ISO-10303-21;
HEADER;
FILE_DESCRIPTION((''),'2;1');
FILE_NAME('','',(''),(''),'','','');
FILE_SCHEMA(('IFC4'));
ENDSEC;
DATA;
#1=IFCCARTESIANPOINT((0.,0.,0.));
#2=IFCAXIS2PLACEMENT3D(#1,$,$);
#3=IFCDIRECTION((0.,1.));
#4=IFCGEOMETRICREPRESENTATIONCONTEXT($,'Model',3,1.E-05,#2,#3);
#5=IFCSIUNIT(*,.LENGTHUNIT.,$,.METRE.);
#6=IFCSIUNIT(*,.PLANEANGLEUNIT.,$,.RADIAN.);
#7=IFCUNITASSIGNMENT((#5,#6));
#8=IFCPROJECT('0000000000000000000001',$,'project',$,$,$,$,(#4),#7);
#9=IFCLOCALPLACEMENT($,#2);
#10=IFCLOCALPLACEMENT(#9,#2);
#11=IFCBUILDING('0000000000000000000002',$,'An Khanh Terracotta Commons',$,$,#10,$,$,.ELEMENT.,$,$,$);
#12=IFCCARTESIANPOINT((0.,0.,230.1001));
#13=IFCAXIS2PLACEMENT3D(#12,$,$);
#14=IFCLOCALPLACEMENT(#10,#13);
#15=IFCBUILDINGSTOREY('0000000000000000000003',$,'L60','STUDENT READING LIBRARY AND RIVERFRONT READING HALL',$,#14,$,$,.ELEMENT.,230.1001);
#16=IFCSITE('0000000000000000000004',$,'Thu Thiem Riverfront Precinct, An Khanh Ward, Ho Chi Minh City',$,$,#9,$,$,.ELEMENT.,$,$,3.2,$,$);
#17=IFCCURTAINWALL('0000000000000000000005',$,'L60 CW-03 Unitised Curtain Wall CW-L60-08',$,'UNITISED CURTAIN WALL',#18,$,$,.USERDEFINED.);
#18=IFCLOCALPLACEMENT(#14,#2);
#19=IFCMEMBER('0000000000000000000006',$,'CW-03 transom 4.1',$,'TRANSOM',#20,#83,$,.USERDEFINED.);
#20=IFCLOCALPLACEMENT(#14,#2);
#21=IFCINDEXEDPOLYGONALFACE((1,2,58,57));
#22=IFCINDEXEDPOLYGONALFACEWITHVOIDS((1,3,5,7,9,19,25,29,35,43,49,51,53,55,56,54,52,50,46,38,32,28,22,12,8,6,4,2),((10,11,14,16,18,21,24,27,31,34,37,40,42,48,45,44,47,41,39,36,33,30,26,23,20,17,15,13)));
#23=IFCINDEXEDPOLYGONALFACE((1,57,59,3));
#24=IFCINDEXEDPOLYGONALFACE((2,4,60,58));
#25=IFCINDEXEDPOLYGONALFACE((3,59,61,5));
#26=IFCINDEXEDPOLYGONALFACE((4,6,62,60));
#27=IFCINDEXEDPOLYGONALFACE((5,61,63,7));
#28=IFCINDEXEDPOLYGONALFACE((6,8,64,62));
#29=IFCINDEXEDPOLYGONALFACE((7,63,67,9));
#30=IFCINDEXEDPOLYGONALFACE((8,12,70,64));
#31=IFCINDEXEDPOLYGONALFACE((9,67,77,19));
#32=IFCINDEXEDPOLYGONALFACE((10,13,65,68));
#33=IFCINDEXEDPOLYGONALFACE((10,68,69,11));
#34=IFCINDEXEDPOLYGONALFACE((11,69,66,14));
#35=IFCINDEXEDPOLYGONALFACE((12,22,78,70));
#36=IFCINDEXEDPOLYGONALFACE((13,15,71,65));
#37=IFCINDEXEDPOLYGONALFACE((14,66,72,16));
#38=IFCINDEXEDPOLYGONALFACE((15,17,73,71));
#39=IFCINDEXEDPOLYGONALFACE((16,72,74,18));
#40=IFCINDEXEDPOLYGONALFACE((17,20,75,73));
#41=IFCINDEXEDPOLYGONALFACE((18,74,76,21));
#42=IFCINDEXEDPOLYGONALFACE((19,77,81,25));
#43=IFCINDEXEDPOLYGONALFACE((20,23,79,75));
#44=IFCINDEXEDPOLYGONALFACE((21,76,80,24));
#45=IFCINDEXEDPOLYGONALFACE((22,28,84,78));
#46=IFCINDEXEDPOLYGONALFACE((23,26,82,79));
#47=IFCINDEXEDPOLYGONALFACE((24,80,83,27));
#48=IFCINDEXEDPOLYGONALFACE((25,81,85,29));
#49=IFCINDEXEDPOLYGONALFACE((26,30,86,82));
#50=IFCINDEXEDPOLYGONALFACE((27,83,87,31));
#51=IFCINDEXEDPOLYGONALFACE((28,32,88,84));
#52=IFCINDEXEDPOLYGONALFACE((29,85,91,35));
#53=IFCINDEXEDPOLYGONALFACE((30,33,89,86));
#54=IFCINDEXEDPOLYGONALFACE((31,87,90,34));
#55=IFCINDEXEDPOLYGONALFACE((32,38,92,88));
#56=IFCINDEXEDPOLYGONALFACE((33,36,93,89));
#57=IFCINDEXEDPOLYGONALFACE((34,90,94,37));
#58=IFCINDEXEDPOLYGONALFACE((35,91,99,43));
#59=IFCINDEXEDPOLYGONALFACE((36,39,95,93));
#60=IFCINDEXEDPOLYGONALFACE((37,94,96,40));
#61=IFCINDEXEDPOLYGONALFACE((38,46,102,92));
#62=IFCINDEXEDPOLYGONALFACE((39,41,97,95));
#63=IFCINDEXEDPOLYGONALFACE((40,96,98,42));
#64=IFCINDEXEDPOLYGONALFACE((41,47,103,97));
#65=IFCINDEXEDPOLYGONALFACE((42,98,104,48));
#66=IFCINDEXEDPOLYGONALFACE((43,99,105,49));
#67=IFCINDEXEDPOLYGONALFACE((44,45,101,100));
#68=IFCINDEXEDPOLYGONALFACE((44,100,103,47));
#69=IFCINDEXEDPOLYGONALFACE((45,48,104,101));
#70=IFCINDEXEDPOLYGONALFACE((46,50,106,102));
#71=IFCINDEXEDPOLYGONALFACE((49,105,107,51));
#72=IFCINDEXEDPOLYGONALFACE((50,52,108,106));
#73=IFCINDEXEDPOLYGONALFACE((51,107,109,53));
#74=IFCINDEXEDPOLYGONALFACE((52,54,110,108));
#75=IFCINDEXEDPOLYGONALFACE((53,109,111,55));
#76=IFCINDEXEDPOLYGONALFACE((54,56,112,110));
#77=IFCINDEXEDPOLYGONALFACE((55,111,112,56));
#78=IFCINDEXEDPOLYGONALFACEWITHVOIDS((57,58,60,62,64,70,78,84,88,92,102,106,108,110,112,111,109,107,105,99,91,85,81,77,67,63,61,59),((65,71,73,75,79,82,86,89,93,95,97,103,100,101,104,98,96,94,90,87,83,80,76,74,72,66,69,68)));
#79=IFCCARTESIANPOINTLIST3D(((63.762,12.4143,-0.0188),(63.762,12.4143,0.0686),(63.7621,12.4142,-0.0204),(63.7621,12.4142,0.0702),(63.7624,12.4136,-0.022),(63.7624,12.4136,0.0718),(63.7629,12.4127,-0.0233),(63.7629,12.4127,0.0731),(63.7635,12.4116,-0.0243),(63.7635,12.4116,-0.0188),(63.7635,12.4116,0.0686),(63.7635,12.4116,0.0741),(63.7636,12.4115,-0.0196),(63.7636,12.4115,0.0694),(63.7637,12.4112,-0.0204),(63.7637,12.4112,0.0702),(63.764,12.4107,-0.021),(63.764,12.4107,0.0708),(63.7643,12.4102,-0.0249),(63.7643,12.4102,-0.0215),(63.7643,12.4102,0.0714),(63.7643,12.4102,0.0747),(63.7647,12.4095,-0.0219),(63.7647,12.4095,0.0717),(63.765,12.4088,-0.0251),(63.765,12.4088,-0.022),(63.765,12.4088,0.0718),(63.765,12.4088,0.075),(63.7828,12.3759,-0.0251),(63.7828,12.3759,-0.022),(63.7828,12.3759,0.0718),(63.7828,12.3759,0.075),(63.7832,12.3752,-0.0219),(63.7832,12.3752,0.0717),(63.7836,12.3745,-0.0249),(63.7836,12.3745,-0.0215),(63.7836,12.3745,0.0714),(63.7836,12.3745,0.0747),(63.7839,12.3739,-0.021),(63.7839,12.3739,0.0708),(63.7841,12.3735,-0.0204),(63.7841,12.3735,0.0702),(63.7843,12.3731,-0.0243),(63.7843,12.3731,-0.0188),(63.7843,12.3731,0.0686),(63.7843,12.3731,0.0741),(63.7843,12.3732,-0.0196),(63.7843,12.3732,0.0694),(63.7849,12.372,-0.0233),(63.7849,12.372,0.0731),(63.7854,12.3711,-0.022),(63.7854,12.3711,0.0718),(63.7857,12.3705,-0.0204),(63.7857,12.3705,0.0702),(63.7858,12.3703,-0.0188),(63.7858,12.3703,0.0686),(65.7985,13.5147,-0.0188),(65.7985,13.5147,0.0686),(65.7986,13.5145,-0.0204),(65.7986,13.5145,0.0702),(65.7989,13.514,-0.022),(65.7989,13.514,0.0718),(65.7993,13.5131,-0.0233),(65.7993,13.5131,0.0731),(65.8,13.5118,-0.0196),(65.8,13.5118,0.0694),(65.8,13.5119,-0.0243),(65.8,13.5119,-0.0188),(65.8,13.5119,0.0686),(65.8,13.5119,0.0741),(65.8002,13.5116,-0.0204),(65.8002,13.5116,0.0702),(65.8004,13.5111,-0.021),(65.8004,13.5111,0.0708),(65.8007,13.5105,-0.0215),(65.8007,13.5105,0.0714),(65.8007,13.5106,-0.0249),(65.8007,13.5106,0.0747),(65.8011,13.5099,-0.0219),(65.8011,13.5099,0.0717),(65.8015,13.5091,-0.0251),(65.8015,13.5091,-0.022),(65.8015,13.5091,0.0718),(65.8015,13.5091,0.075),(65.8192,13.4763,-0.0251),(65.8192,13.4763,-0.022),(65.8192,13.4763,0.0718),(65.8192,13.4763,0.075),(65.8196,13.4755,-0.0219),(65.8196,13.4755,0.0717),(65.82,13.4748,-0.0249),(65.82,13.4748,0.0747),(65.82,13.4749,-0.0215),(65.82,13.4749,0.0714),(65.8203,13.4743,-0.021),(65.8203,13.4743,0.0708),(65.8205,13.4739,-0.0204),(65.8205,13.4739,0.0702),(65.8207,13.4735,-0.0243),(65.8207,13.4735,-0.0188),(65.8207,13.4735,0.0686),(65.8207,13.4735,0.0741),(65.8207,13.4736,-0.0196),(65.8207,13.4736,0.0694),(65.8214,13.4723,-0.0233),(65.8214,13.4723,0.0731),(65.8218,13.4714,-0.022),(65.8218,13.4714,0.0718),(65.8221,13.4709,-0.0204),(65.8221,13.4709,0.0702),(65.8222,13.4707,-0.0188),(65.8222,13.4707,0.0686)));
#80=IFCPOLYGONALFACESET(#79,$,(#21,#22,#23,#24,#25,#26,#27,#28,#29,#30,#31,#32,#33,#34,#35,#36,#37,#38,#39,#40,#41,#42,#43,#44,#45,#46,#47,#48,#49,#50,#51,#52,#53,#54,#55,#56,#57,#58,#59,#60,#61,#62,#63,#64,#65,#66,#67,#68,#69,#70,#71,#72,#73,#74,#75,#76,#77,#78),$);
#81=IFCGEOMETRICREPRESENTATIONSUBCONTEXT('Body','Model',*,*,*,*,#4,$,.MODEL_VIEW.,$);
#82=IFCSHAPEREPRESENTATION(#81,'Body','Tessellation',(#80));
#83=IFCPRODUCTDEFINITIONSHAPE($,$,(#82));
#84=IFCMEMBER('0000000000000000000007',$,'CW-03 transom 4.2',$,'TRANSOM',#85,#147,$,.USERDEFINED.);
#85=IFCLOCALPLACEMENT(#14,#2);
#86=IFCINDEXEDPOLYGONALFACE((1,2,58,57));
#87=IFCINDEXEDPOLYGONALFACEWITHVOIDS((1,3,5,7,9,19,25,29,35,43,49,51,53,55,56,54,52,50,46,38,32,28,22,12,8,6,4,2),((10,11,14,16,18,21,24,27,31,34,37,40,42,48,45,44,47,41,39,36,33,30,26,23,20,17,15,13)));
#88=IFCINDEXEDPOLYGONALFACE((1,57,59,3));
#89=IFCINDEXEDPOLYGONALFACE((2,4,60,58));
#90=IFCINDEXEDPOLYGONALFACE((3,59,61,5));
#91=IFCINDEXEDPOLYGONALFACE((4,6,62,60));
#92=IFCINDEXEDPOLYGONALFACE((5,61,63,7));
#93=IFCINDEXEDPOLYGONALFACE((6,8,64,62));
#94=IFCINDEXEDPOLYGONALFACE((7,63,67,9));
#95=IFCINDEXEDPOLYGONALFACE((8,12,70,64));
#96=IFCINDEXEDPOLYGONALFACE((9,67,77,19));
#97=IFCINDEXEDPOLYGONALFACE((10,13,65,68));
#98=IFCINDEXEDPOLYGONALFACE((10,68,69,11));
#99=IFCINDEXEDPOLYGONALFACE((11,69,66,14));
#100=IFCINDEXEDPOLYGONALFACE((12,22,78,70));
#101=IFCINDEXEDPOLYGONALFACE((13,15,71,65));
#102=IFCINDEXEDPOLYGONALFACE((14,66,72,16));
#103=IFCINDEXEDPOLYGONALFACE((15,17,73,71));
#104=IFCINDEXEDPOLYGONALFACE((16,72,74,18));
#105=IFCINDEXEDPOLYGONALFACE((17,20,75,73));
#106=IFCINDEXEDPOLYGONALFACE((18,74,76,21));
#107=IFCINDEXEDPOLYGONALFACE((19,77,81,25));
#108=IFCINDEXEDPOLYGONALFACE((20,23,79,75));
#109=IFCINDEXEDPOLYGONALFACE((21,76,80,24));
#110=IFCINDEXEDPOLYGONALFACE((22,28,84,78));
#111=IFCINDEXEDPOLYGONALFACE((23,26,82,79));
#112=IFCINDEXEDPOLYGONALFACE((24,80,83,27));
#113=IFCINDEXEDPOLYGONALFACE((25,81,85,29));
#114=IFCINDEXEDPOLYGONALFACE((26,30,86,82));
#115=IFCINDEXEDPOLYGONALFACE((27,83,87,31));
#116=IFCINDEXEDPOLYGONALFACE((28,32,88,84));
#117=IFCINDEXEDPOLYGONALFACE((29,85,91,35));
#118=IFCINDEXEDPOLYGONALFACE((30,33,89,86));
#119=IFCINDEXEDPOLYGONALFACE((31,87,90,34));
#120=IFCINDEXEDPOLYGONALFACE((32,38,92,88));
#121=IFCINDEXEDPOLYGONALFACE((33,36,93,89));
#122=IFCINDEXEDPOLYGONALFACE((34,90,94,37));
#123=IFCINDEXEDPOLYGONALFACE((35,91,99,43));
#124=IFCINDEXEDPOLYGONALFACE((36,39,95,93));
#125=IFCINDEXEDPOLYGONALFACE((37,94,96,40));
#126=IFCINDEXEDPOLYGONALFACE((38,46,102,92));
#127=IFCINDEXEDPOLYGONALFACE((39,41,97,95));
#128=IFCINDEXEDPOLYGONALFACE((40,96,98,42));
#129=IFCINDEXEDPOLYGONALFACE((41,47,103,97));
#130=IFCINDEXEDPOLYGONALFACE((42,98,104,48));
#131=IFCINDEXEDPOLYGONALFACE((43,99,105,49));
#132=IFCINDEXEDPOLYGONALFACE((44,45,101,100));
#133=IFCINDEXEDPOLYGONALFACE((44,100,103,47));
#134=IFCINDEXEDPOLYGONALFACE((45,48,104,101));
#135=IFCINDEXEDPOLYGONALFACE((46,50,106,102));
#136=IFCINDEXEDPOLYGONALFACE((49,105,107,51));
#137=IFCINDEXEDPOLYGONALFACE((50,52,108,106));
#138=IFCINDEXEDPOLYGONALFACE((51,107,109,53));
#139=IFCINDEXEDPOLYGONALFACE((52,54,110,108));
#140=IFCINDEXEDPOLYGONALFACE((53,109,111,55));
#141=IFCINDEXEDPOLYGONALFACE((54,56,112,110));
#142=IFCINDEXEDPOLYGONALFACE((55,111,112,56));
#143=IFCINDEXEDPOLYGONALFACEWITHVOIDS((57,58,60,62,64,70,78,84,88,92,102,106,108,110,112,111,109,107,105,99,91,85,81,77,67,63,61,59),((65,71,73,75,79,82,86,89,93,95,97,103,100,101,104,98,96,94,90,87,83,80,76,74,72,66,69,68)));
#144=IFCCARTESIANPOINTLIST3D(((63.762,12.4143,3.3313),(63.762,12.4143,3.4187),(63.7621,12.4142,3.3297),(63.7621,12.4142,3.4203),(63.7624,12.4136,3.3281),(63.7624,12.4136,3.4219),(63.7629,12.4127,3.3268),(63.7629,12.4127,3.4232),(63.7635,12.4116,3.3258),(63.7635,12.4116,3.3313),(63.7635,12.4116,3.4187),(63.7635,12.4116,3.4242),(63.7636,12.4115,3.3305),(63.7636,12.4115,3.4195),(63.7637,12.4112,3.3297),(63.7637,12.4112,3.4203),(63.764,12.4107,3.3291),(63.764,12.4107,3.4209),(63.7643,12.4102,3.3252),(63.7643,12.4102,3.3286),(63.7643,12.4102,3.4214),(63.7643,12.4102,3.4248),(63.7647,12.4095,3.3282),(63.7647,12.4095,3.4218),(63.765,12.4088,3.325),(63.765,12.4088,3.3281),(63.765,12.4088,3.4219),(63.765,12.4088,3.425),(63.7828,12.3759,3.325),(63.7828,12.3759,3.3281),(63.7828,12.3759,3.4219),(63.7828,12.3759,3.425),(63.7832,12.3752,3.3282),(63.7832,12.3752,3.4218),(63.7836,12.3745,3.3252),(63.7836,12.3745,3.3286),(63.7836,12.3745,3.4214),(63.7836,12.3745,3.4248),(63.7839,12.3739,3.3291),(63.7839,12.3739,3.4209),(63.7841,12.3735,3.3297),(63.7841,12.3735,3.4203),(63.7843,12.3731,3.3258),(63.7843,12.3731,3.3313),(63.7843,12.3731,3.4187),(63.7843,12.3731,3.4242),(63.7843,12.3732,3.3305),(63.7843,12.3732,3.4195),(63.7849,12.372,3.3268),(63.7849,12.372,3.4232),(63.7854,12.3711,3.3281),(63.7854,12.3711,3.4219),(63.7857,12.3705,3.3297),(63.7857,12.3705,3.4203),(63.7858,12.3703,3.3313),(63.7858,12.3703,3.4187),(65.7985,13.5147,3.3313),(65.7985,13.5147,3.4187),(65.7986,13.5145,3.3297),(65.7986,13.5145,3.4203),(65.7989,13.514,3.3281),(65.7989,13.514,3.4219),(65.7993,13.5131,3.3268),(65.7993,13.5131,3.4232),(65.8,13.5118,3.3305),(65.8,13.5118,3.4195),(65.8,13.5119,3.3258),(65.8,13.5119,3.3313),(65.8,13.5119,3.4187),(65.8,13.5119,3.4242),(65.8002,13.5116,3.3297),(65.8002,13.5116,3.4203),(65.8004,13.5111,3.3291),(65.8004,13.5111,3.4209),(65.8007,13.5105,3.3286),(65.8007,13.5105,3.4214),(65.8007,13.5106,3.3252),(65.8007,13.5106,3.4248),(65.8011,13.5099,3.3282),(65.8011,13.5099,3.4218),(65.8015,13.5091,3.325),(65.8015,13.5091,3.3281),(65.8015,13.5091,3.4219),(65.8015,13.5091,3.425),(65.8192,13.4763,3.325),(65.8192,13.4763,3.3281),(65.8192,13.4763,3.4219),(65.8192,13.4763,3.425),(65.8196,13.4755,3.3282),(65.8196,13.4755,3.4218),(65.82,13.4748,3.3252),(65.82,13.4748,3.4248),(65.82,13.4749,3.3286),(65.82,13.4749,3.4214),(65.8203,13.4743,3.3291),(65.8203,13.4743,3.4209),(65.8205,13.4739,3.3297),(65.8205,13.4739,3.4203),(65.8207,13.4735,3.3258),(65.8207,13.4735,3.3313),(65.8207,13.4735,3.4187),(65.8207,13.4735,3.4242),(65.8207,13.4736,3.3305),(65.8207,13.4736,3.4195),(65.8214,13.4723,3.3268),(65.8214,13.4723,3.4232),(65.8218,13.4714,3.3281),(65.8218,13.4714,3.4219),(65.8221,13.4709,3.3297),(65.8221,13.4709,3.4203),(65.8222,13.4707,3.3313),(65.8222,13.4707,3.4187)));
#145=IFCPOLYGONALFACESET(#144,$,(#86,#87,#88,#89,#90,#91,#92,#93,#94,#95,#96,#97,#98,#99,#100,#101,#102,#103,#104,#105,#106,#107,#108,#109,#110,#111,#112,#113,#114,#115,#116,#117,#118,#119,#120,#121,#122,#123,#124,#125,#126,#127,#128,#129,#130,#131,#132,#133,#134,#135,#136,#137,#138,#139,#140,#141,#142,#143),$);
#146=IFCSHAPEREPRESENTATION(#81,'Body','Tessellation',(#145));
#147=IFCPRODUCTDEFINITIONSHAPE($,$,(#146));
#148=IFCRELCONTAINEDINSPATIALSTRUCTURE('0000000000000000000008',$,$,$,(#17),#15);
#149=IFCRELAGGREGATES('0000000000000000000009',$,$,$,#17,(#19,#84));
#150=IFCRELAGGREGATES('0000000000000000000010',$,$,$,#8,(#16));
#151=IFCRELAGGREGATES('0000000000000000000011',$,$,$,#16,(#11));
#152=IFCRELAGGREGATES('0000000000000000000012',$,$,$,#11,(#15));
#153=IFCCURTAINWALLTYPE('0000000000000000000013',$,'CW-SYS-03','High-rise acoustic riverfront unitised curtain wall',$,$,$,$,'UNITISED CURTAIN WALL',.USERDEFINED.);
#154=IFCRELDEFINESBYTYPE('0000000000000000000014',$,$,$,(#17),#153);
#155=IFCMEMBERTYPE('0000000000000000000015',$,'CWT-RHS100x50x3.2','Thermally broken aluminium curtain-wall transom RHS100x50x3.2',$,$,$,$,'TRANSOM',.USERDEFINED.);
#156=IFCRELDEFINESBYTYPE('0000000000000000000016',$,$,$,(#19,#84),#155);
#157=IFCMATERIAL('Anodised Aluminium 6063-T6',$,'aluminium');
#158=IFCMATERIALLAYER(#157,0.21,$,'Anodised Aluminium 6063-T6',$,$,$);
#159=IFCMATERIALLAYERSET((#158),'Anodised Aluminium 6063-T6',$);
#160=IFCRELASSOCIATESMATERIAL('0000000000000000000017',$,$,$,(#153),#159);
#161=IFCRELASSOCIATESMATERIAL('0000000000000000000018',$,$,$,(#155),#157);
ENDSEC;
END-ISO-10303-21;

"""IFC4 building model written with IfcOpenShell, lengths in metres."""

from ifc_helpers import new_model, si_unit, direction, frame, origin, origin_2d, place, context, subcontext, project, spatial, hollow_rectangle, extrude, material, layer, layer_set, material_profile, profile_set, type_object, element, aggregate, save


model = new_model("IFC4")

# Units and contexts
model_context = context("Model", 3, precision=1e-05, world=origin(), true_north=direction((0.0, 1.0)))
body_context = subcontext(model_context, "Body", "Model", "MODEL_VIEW")
ifc_project = project(units=[si_unit("LENGTHUNIT", "METRE"), si_unit("PLANEANGLEUNIT", "RADIAN")], contexts=[model_context])

# Site, building, storey
site_placement = place(None, origin())
site = spatial("IfcSite", under=ifc_project, at=site_placement, Name="Thu Thiem Riverfront Precinct, An Khanh Ward, Ho Chi Minh City", CompositionType="ELEMENT", RefElevation=3.2)
building_placement = place(site_placement, origin())
building = spatial("IfcBuilding", under=site, at=building_placement, Name="An Khanh Terracotta Commons", CompositionType="ELEMENT")
storey_placement = place(building_placement, frame((0.0, 0.0, 230.1001)))
storey = spatial("IfcBuildingStorey", under=building, at=storey_placement, Name="L60", Description="STUDENT READING LIBRARY AND RIVERFRONT READING HALL", CompositionType="ELEMENT", Elevation=230.1001)

# Shared definitions
ifc_material_1 = material(Name="Anodised Aluminium 6063-T6", Category="aluminium")

# Curtain wall, members
ifc_layer_1 = layer(ifc_material_1, 0.21, Name="Anodised Aluminium 6063-T6")
ifc_layer_set_1 = layer_set([ifc_layer_1], Name="Anodised Aluminium 6063-T6")
curtain_wall_type_1 = type_object("IfcCurtainWallType", Name="CW-SYS-03", Description="High-rise acoustic riverfront unitised curtain wall", ElementType="UNITISED CURTAIN WALL", PredefinedType="USERDEFINED", material=ifc_layer_set_1)
curtain_wall_1_placement = place(storey_placement, origin())
curtain_wall_1 = element("IfcCurtainWall", 1, at=curtain_wall_1_placement, inside=storey, type_object=curtain_wall_type_1, Name="L60 CW-03 Unitised Curtain Wall CW-L60-08", ObjectType="UNITISED CURTAIN WALL", PredefinedType="USERDEFINED")
ifc_material_profile_1 = material_profile(ifc_material_1, hollow_rectangle(XDim=0.05, YDim=0.1001, WallThickness=0.0032, InnerFilletRadius=0.0032, OuterFilletRadius=0.0063, at=origin_2d()), Name="RHS100x50x3.2")
ifc_profile_set_1 = profile_set([ifc_material_profile_1], Name="Anodised Aluminium 6063-T6")
member_type_1 = type_object("IfcMemberType", Name="CWT-RHS100x50x3.2", Description="Thermally broken aluminium curtain-wall transom RHS100x50x3.2", ElementType="TRANSOM", PredefinedType="USERDEFINED", material=ifc_profile_set_1)
member_1_placement = place(storey_placement, frame((63.7739, 12.3923, 0.0249), z_axis=(0.879779, 0.475382, 0.0), x_axis=(-0.475382, 0.879779, 0.0)))
member_1 = element("IfcMember", 2, at=member_1_placement, type_object=member_type_1, Name="CW-03 transom 4.1", ObjectType="TRANSOM", PredefinedType="USERDEFINED", context=body_context, shape_type="SweptSolid", body=[
    extrude(hollow_rectangle(XDim=0.05, YDim=0.1001, WallThickness=0.0032, InnerFilletRadius=0.0032, OuterFilletRadius=0.0063, at=origin_2d()), origin(), (0.0, 0.0, 1.0), 2.3147),
])
member_2_placement = place(storey_placement, frame((63.7739, 12.3923, 3.375), z_axis=(0.879779, 0.475382, 0.0), x_axis=(-0.475382, 0.879779, 0.0)))
member_2 = element("IfcMember", 3, at=member_2_placement, type_object=member_type_1, Name="CW-03 transom 4.2", ObjectType="TRANSOM", PredefinedType="USERDEFINED", context=body_context, shape_type="SweptSolid", body=[
    extrude(hollow_rectangle(XDim=0.05, YDim=0.1001, WallThickness=0.0032, InnerFilletRadius=0.0032, OuterFilletRadius=0.0063, at=origin_2d()), origin(), (0.0, 0.0, 1.0), 2.3147),
])

aggregate(curtain_wall_1, [member_1, member_2])

save(model, "model.ifc")
